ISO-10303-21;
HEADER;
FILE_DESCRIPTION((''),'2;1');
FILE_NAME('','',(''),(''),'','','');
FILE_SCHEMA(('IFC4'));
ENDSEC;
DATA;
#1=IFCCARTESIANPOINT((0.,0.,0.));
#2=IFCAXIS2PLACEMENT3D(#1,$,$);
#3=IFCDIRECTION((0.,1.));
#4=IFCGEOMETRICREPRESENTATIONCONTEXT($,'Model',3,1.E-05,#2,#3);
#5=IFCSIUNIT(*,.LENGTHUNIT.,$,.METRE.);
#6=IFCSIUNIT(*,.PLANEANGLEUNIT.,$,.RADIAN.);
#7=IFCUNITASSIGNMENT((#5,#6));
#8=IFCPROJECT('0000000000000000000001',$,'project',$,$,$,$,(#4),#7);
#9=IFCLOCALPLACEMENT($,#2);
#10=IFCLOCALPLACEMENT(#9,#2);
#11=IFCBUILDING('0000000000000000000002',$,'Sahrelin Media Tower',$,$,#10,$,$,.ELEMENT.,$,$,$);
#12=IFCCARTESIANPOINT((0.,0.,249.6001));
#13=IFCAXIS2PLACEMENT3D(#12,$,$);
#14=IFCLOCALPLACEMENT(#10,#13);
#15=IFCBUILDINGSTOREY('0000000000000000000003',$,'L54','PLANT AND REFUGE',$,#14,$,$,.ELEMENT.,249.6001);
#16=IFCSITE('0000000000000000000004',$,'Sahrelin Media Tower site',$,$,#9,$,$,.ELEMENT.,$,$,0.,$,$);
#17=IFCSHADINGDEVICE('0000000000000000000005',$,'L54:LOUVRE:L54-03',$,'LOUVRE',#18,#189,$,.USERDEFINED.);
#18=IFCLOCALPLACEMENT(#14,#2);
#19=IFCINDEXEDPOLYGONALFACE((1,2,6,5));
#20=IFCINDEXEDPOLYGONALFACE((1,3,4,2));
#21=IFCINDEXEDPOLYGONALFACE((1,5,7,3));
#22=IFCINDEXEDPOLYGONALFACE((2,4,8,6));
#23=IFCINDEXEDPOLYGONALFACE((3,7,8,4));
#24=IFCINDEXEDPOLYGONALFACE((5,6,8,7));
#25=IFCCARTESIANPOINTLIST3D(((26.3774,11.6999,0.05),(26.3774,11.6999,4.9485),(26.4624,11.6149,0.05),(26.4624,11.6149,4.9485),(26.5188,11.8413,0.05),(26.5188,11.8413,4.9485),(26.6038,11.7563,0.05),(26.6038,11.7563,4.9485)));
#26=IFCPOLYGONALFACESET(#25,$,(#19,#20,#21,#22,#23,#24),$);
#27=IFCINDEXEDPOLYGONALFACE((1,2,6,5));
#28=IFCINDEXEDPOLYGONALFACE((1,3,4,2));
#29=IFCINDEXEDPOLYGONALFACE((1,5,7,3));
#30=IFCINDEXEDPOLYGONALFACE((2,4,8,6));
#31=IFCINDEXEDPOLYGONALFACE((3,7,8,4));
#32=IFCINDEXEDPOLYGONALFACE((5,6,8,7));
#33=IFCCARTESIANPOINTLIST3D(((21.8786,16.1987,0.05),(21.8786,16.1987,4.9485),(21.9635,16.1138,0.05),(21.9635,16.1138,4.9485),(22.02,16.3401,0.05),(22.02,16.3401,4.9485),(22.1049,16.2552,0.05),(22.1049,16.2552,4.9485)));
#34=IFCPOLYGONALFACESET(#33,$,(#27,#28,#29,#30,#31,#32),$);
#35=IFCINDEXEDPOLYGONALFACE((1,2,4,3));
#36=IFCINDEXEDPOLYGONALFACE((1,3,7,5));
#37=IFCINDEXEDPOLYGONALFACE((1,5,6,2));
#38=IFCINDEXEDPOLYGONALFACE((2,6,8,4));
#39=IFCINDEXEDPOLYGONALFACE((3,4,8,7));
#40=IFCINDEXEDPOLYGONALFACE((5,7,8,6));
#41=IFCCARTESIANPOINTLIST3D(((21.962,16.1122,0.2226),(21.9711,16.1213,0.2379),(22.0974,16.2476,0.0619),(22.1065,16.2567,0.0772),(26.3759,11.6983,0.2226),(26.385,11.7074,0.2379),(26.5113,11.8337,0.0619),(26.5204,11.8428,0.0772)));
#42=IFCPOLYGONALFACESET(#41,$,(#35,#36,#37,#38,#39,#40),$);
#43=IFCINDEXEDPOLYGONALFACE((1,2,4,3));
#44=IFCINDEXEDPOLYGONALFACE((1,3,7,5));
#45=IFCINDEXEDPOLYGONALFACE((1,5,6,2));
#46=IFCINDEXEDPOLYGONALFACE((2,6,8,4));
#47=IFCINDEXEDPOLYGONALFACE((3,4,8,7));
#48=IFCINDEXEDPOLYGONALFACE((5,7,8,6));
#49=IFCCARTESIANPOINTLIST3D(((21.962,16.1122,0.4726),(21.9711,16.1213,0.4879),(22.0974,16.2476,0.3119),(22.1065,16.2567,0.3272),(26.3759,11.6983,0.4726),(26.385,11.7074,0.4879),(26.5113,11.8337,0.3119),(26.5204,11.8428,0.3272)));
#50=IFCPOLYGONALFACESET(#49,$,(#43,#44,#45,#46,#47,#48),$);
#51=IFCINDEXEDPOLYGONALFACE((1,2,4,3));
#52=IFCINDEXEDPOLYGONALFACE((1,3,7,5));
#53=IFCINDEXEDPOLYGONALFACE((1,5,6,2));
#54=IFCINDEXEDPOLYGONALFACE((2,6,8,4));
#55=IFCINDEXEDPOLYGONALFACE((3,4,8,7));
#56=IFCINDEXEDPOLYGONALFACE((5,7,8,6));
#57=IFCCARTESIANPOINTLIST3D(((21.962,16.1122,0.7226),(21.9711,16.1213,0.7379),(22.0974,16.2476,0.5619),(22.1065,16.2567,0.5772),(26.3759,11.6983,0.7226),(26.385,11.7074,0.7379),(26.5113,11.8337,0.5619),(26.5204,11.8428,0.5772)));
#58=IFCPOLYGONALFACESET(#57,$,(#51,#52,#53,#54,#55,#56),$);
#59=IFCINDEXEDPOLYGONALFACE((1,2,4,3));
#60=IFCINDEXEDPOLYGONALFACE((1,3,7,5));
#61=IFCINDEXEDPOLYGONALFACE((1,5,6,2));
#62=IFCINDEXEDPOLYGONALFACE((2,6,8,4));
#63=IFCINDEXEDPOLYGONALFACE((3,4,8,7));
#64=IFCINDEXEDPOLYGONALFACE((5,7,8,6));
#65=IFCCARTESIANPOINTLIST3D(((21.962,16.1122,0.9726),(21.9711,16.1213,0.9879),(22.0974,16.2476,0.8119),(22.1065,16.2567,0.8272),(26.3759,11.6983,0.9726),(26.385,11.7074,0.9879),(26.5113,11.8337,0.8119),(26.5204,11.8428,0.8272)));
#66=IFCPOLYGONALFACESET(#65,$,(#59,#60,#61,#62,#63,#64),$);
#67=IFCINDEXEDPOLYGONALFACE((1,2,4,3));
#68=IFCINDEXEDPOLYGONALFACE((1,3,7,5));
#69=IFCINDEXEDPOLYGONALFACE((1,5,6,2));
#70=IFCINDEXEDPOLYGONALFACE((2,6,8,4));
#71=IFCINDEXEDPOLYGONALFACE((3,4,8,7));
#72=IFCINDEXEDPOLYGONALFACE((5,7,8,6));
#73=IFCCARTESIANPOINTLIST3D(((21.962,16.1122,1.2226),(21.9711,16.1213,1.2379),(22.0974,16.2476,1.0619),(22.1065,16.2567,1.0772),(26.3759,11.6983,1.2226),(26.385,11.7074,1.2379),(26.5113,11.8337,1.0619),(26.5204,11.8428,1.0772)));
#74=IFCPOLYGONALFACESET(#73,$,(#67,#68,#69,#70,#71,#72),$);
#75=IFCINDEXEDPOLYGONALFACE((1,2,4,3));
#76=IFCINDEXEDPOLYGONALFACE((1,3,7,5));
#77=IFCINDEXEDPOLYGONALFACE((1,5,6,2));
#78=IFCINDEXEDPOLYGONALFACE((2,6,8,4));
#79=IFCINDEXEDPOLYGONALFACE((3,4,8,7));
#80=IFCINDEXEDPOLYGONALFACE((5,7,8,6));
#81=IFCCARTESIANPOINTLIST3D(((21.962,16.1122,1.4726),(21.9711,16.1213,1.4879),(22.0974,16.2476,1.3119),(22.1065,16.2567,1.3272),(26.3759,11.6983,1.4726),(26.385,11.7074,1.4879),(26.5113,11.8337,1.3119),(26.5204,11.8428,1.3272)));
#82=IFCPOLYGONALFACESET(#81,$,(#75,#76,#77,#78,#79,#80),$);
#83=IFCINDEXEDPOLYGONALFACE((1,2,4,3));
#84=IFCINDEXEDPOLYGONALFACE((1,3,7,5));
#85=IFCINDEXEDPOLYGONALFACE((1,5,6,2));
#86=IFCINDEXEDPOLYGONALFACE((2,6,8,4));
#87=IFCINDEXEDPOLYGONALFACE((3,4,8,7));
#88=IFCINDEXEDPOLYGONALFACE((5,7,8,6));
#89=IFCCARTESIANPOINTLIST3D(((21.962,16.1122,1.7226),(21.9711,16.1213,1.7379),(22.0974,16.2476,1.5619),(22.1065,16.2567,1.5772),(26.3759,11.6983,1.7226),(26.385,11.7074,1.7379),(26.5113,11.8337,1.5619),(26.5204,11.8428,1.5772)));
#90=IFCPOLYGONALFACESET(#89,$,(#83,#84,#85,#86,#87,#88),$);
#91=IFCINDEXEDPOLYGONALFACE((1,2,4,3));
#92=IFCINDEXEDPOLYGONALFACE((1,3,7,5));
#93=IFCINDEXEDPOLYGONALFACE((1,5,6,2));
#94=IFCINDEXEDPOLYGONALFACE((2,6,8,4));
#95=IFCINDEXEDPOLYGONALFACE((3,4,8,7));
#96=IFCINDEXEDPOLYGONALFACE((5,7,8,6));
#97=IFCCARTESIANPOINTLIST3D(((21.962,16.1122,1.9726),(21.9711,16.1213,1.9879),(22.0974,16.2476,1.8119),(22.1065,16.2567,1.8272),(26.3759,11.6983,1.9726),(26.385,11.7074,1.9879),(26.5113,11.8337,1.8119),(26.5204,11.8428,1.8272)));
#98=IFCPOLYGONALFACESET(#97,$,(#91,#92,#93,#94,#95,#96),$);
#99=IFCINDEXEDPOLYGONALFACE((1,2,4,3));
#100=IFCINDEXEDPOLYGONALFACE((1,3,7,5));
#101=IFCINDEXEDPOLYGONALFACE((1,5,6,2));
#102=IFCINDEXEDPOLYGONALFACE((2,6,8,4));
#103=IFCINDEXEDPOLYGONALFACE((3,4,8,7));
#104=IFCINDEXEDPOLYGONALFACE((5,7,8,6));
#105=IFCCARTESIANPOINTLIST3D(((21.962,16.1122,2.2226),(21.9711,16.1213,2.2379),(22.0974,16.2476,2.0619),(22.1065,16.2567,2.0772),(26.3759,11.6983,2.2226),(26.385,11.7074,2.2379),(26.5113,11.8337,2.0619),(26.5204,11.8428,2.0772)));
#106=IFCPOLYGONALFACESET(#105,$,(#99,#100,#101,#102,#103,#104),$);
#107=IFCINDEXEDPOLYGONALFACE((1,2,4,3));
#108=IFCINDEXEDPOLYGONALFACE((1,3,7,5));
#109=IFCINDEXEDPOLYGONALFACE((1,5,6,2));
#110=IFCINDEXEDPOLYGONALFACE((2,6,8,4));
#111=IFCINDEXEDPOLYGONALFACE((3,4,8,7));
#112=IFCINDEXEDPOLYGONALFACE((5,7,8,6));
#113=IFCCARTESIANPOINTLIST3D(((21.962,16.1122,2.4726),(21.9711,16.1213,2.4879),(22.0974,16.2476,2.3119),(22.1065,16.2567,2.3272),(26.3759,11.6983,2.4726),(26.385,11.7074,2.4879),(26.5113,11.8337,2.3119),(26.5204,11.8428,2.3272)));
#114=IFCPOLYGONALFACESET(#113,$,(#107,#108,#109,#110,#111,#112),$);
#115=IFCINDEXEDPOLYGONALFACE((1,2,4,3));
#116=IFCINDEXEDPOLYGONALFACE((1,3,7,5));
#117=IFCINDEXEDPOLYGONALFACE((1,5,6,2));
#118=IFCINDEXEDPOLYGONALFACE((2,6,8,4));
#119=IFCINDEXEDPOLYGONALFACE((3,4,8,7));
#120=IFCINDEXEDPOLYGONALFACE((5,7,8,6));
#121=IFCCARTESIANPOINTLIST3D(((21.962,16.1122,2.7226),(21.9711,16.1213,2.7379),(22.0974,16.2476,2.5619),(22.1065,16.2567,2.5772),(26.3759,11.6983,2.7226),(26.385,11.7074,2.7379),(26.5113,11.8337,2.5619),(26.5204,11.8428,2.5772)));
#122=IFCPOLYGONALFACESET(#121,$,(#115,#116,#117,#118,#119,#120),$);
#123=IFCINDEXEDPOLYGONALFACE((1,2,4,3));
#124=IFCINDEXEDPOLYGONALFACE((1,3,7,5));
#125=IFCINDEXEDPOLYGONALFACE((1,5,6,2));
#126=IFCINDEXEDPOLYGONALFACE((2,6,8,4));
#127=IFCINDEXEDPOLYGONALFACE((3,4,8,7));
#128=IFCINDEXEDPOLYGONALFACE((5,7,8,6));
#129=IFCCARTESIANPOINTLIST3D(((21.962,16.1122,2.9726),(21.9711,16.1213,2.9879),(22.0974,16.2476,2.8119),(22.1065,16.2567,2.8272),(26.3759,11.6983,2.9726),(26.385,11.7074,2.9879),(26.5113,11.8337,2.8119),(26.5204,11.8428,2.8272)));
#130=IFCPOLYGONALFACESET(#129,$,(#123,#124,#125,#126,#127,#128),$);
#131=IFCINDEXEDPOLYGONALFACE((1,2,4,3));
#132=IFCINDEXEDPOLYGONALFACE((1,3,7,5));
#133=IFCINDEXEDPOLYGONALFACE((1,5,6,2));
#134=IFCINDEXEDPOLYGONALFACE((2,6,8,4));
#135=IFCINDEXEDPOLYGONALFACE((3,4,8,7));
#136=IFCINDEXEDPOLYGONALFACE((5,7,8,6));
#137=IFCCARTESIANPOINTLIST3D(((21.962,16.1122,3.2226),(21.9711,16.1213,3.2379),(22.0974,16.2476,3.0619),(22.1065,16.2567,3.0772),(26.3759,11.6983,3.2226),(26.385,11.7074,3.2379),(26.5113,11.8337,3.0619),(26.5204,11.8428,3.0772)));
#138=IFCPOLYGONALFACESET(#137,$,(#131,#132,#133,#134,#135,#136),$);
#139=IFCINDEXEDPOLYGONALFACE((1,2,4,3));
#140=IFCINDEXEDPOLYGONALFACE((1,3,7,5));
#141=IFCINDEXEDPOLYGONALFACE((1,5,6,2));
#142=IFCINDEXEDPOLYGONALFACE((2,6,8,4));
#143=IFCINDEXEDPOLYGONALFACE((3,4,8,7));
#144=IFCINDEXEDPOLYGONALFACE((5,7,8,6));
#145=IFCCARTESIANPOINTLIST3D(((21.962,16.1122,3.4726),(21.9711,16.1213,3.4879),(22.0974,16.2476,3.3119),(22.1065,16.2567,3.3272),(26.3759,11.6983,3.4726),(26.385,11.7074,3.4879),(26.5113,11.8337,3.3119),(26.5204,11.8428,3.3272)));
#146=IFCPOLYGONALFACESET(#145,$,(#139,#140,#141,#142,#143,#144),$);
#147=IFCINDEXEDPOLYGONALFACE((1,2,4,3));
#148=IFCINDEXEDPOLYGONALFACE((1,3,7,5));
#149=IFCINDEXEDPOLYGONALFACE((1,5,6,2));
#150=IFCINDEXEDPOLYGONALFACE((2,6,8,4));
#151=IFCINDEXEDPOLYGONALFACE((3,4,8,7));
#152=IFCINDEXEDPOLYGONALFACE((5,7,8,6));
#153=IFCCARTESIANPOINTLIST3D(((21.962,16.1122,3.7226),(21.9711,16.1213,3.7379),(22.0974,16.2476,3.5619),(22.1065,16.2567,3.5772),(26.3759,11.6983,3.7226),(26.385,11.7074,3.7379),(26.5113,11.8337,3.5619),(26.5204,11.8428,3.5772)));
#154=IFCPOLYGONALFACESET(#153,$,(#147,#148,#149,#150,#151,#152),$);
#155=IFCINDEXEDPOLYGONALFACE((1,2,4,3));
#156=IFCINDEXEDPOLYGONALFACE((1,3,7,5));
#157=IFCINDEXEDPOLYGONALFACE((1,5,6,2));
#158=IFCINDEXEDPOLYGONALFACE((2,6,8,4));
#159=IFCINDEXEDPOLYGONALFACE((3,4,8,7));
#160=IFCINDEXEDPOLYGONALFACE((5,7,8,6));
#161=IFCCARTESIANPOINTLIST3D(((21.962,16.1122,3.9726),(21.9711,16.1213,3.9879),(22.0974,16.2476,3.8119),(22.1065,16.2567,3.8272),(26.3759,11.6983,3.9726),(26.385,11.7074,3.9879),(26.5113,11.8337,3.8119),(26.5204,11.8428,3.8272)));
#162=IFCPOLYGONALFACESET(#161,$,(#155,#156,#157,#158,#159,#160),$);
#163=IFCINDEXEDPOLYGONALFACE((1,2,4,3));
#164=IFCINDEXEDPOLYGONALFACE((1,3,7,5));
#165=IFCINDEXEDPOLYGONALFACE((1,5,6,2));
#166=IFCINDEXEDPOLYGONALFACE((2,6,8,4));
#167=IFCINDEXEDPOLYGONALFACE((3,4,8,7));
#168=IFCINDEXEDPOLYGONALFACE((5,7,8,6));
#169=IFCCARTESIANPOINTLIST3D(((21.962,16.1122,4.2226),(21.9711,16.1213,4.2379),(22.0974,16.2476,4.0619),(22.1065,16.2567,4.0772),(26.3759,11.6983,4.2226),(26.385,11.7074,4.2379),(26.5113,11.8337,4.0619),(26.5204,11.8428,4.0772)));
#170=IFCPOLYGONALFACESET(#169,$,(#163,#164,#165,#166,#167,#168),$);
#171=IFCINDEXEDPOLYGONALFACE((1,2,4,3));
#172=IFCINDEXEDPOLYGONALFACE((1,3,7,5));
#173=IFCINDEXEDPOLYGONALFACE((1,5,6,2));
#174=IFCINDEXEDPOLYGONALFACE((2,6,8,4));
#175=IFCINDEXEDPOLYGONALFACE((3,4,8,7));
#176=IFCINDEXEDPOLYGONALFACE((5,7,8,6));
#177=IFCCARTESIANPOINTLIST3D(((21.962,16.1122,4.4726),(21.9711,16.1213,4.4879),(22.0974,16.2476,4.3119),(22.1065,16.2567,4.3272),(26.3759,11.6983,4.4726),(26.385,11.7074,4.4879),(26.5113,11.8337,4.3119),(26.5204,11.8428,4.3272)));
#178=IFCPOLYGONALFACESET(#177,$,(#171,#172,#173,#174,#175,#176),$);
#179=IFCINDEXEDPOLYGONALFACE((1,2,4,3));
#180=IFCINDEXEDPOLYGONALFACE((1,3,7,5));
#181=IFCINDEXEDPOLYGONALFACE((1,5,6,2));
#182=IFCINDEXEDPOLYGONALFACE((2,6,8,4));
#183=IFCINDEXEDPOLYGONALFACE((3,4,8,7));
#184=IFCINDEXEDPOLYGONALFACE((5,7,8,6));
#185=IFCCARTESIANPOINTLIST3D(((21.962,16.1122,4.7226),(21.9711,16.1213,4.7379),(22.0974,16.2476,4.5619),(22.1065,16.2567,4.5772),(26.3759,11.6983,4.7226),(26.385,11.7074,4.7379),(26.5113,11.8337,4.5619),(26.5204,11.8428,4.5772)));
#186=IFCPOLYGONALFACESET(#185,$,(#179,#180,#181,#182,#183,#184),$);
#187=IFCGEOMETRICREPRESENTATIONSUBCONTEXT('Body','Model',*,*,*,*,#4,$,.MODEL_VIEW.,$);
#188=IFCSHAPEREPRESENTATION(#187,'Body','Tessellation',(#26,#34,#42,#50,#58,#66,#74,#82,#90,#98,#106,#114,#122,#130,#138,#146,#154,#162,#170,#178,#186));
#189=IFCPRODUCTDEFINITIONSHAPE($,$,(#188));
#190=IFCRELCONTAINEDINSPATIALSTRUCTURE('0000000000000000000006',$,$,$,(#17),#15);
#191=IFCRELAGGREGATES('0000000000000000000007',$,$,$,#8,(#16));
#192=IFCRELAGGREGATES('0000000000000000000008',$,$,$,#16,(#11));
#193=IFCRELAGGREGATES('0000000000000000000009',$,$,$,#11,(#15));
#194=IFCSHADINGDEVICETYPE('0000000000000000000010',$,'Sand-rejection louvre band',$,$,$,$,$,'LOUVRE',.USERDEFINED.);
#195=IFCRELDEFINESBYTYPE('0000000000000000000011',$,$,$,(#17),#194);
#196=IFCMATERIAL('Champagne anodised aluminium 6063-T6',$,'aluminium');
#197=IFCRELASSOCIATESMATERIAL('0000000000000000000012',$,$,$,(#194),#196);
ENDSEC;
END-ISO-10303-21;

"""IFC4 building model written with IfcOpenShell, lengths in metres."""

from ifc_helpers import new_model, si_unit, direction, frame, origin, origin_2d, place, context, subcontext, project, spatial, rectangle, extrude, material, type_object, element, save


model = new_model("IFC4")

# Units and contexts
model_context = context("Model", 3, precision=1e-05, world=origin(), true_north=direction((0.0, 1.0)))
body_context = subcontext(model_context, "Body", "Model", "MODEL_VIEW")
ifc_project = project(units=[si_unit("LENGTHUNIT", "METRE"), si_unit("PLANEANGLEUNIT", "RADIAN")], contexts=[model_context])

# Site, building, storey
site_placement = place(None, origin())
site = spatial("IfcSite", under=ifc_project, at=site_placement, Name="Sahrelin Media Tower site", CompositionType="ELEMENT", RefElevation=0.0)
building_placement = place(site_placement, origin())
building = spatial("IfcBuilding", under=site, at=building_placement, Name="Sahrelin Media Tower", CompositionType="ELEMENT")
storey_placement = place(building_placement, frame((0.0, 0.0, 249.6001)))
storey = spatial("IfcBuildingStorey", under=building, at=storey_placement, Name="L54", Description="PLANT AND REFUGE", CompositionType="ELEMENT", Elevation=249.6001)

# Shading device
ifc_material_1 = material(Name="Champagne anodised aluminium 6063-T6", Category="aluminium")
shading_device_type = type_object("IfcShadingDeviceType", Name="Sand-rejection louvre band", ElementType="LOUVRE", PredefinedType="USERDEFINED", material=ifc_material_1)
shading_device_1_placement = place(storey_placement, frame((24.1704, 13.9067, 0.0), z_axis=(0.0, 0.0, 1.0), x_axis=(0.707107, -0.707107, 0.0)))
element("IfcShadingDevice", 1, at=shading_device_1_placement, inside=storey, type_object=shading_device_type, Name="L54:LOUVRE:L54-03", ObjectType="LOUVRE", PredefinedType="USERDEFINED", context=body_context, shape_type="SweptSolid", body=[
    extrude(rectangle(XDim=0.1201, YDim=0.2, at=origin_2d()), frame((3.1812, 0.1001, 0.05), z_axis=(0.0, 0.0, 1.0), x_axis=(1.0, 0.0, 0.0)), (0.0, 0.0, 1.0), 4.8984),
    extrude(rectangle(XDim=0.1201, YDim=0.2, at=origin_2d()), frame((-3.1812, 0.1001, 0.05), z_axis=(0.0, 0.0, 1.0), x_axis=(1.0, 0.0, 0.0)), (0.0, 0.0, 1.0), 4.8984),
    extrude(rectangle(XDim=0.25, YDim=0.02, at=origin_2d()), frame((3.1211, 0.1001, 0.1499), z_axis=(-1.0, 0.0, 0.0), x_axis=(0.0, -0.766044, 0.642788)), (0.0, 0.0, 1.0), 6.2422),
    extrude(rectangle(XDim=0.25, YDim=0.02, at=origin_2d()), frame((3.1211, 0.1001, 0.3999), z_axis=(-1.0, 0.0, 0.0), x_axis=(0.0, -0.766044, 0.642788)), (0.0, 0.0, 1.0), 6.2422),
    extrude(rectangle(XDim=0.25, YDim=0.02, at=origin_2d()), frame((3.1211, 0.1001, 0.6499), z_axis=(-1.0, 0.0, 0.0), x_axis=(0.0, -0.766044, 0.642788)), (0.0, 0.0, 1.0), 6.2422),
    extrude(rectangle(XDim=0.25, YDim=0.02, at=origin_2d()), frame((3.1211, 0.1001, 0.8999), z_axis=(-1.0, 0.0, 0.0), x_axis=(0.0, -0.766044, 0.642788)), (0.0, 0.0, 1.0), 6.2422),
    extrude(rectangle(XDim=0.25, YDim=0.02, at=origin_2d()), frame((3.1211, 0.1001, 1.1499), z_axis=(-1.0, 0.0, 0.0), x_axis=(0.0, -0.766044, 0.642788)), (0.0, 0.0, 1.0), 6.2422),
    extrude(rectangle(XDim=0.25, YDim=0.02, at=origin_2d()), frame((3.1211, 0.1001, 1.3999), z_axis=(-1.0, 0.0, 0.0), x_axis=(0.0, -0.766044, 0.642788)), (0.0, 0.0, 1.0), 6.2422),
    extrude(rectangle(XDim=0.25, YDim=0.02, at=origin_2d()), frame((3.1211, 0.1001, 1.6499), z_axis=(-1.0, 0.0, 0.0), x_axis=(0.0, -0.766044, 0.642788)), (0.0, 0.0, 1.0), 6.2422),
    extrude(rectangle(XDim=0.25, YDim=0.02, at=origin_2d()), frame((3.1211, 0.1001, 1.8999), z_axis=(-1.0, 0.0, 0.0), x_axis=(0.0, -0.766044, 0.642788)), (0.0, 0.0, 1.0), 6.2422),
    extrude(rectangle(XDim=0.25, YDim=0.02, at=origin_2d()), frame((3.1211, 0.1001, 2.1499), z_axis=(-1.0, 0.0, 0.0), x_axis=(0.0, -0.766044, 0.642788)), (0.0, 0.0, 1.0), 6.2422),
    extrude(rectangle(XDim=0.25, YDim=0.02, at=origin_2d()), frame((3.1211, 0.1001, 2.3999), z_axis=(-1.0, 0.0, 0.0), x_axis=(0.0, -0.766044, 0.642788)), (0.0, 0.0, 1.0), 6.2422),
    extrude(rectangle(XDim=0.25, YDim=0.02, at=origin_2d()), frame((3.1211, 0.1001, 2.6499), z_axis=(-1.0, 0.0, 0.0), x_axis=(0.0, -0.766044, 0.642788)), (0.0, 0.0, 1.0), 6.2422),
    extrude(rectangle(XDim=0.25, YDim=0.02, at=origin_2d()), frame((3.1211, 0.1001, 2.8999), z_axis=(-1.0, 0.0, 0.0), x_axis=(0.0, -0.766044, 0.642788)), (0.0, 0.0, 1.0), 6.2422),
    extrude(rectangle(XDim=0.25, YDim=0.02, at=origin_2d()), frame((3.1211, 0.1001, 3.1499), z_axis=(-1.0, 0.0, 0.0), x_axis=(0.0, -0.766044, 0.642788)), (0.0, 0.0, 1.0), 6.2422),
    extrude(rectangle(XDim=0.25, YDim=0.02, at=origin_2d()), frame((3.1211, 0.1001, 3.3999), z_axis=(-1.0, 0.0, 0.0), x_axis=(0.0, -0.766044, 0.642788)), (0.0, 0.0, 1.0), 6.2422),
    extrude(rectangle(XDim=0.25, YDim=0.02, at=origin_2d()), frame((3.1211, 0.1001, 3.6499), z_axis=(-1.0, 0.0, 0.0), x_axis=(0.0, -0.766044, 0.642788)), (0.0, 0.0, 1.0), 6.2422),
    extrude(rectangle(XDim=0.25, YDim=0.02, at=origin_2d()), frame((3.1211, 0.1001, 3.8999), z_axis=(-1.0, 0.0, 0.0), x_axis=(0.0, -0.766044, 0.642788)), (0.0, 0.0, 1.0), 6.2422),
    extrude(rectangle(XDim=0.25, YDim=0.02, at=origin_2d()), frame((3.1211, 0.1001, 4.1499), z_axis=(-1.0, 0.0, 0.0), x_axis=(0.0, -0.766044, 0.642788)), (0.0, 0.0, 1.0), 6.2422),
    extrude(rectangle(XDim=0.25, YDim=0.02, at=origin_2d()), frame((3.1211, 0.1001, 4.3999), z_axis=(-1.0, 0.0, 0.0), x_axis=(0.0, -0.766044, 0.642788)), (0.0, 0.0, 1.0), 6.2422),
    extrude(rectangle(XDim=0.25, YDim=0.02, at=origin_2d()), frame((3.1211, 0.1001, 4.6499), z_axis=(-1.0, 0.0, 0.0), x_axis=(0.0, -0.766044, 0.642788)), (0.0, 0.0, 1.0), 6.2422),
])

save(model, "model.ifc")
